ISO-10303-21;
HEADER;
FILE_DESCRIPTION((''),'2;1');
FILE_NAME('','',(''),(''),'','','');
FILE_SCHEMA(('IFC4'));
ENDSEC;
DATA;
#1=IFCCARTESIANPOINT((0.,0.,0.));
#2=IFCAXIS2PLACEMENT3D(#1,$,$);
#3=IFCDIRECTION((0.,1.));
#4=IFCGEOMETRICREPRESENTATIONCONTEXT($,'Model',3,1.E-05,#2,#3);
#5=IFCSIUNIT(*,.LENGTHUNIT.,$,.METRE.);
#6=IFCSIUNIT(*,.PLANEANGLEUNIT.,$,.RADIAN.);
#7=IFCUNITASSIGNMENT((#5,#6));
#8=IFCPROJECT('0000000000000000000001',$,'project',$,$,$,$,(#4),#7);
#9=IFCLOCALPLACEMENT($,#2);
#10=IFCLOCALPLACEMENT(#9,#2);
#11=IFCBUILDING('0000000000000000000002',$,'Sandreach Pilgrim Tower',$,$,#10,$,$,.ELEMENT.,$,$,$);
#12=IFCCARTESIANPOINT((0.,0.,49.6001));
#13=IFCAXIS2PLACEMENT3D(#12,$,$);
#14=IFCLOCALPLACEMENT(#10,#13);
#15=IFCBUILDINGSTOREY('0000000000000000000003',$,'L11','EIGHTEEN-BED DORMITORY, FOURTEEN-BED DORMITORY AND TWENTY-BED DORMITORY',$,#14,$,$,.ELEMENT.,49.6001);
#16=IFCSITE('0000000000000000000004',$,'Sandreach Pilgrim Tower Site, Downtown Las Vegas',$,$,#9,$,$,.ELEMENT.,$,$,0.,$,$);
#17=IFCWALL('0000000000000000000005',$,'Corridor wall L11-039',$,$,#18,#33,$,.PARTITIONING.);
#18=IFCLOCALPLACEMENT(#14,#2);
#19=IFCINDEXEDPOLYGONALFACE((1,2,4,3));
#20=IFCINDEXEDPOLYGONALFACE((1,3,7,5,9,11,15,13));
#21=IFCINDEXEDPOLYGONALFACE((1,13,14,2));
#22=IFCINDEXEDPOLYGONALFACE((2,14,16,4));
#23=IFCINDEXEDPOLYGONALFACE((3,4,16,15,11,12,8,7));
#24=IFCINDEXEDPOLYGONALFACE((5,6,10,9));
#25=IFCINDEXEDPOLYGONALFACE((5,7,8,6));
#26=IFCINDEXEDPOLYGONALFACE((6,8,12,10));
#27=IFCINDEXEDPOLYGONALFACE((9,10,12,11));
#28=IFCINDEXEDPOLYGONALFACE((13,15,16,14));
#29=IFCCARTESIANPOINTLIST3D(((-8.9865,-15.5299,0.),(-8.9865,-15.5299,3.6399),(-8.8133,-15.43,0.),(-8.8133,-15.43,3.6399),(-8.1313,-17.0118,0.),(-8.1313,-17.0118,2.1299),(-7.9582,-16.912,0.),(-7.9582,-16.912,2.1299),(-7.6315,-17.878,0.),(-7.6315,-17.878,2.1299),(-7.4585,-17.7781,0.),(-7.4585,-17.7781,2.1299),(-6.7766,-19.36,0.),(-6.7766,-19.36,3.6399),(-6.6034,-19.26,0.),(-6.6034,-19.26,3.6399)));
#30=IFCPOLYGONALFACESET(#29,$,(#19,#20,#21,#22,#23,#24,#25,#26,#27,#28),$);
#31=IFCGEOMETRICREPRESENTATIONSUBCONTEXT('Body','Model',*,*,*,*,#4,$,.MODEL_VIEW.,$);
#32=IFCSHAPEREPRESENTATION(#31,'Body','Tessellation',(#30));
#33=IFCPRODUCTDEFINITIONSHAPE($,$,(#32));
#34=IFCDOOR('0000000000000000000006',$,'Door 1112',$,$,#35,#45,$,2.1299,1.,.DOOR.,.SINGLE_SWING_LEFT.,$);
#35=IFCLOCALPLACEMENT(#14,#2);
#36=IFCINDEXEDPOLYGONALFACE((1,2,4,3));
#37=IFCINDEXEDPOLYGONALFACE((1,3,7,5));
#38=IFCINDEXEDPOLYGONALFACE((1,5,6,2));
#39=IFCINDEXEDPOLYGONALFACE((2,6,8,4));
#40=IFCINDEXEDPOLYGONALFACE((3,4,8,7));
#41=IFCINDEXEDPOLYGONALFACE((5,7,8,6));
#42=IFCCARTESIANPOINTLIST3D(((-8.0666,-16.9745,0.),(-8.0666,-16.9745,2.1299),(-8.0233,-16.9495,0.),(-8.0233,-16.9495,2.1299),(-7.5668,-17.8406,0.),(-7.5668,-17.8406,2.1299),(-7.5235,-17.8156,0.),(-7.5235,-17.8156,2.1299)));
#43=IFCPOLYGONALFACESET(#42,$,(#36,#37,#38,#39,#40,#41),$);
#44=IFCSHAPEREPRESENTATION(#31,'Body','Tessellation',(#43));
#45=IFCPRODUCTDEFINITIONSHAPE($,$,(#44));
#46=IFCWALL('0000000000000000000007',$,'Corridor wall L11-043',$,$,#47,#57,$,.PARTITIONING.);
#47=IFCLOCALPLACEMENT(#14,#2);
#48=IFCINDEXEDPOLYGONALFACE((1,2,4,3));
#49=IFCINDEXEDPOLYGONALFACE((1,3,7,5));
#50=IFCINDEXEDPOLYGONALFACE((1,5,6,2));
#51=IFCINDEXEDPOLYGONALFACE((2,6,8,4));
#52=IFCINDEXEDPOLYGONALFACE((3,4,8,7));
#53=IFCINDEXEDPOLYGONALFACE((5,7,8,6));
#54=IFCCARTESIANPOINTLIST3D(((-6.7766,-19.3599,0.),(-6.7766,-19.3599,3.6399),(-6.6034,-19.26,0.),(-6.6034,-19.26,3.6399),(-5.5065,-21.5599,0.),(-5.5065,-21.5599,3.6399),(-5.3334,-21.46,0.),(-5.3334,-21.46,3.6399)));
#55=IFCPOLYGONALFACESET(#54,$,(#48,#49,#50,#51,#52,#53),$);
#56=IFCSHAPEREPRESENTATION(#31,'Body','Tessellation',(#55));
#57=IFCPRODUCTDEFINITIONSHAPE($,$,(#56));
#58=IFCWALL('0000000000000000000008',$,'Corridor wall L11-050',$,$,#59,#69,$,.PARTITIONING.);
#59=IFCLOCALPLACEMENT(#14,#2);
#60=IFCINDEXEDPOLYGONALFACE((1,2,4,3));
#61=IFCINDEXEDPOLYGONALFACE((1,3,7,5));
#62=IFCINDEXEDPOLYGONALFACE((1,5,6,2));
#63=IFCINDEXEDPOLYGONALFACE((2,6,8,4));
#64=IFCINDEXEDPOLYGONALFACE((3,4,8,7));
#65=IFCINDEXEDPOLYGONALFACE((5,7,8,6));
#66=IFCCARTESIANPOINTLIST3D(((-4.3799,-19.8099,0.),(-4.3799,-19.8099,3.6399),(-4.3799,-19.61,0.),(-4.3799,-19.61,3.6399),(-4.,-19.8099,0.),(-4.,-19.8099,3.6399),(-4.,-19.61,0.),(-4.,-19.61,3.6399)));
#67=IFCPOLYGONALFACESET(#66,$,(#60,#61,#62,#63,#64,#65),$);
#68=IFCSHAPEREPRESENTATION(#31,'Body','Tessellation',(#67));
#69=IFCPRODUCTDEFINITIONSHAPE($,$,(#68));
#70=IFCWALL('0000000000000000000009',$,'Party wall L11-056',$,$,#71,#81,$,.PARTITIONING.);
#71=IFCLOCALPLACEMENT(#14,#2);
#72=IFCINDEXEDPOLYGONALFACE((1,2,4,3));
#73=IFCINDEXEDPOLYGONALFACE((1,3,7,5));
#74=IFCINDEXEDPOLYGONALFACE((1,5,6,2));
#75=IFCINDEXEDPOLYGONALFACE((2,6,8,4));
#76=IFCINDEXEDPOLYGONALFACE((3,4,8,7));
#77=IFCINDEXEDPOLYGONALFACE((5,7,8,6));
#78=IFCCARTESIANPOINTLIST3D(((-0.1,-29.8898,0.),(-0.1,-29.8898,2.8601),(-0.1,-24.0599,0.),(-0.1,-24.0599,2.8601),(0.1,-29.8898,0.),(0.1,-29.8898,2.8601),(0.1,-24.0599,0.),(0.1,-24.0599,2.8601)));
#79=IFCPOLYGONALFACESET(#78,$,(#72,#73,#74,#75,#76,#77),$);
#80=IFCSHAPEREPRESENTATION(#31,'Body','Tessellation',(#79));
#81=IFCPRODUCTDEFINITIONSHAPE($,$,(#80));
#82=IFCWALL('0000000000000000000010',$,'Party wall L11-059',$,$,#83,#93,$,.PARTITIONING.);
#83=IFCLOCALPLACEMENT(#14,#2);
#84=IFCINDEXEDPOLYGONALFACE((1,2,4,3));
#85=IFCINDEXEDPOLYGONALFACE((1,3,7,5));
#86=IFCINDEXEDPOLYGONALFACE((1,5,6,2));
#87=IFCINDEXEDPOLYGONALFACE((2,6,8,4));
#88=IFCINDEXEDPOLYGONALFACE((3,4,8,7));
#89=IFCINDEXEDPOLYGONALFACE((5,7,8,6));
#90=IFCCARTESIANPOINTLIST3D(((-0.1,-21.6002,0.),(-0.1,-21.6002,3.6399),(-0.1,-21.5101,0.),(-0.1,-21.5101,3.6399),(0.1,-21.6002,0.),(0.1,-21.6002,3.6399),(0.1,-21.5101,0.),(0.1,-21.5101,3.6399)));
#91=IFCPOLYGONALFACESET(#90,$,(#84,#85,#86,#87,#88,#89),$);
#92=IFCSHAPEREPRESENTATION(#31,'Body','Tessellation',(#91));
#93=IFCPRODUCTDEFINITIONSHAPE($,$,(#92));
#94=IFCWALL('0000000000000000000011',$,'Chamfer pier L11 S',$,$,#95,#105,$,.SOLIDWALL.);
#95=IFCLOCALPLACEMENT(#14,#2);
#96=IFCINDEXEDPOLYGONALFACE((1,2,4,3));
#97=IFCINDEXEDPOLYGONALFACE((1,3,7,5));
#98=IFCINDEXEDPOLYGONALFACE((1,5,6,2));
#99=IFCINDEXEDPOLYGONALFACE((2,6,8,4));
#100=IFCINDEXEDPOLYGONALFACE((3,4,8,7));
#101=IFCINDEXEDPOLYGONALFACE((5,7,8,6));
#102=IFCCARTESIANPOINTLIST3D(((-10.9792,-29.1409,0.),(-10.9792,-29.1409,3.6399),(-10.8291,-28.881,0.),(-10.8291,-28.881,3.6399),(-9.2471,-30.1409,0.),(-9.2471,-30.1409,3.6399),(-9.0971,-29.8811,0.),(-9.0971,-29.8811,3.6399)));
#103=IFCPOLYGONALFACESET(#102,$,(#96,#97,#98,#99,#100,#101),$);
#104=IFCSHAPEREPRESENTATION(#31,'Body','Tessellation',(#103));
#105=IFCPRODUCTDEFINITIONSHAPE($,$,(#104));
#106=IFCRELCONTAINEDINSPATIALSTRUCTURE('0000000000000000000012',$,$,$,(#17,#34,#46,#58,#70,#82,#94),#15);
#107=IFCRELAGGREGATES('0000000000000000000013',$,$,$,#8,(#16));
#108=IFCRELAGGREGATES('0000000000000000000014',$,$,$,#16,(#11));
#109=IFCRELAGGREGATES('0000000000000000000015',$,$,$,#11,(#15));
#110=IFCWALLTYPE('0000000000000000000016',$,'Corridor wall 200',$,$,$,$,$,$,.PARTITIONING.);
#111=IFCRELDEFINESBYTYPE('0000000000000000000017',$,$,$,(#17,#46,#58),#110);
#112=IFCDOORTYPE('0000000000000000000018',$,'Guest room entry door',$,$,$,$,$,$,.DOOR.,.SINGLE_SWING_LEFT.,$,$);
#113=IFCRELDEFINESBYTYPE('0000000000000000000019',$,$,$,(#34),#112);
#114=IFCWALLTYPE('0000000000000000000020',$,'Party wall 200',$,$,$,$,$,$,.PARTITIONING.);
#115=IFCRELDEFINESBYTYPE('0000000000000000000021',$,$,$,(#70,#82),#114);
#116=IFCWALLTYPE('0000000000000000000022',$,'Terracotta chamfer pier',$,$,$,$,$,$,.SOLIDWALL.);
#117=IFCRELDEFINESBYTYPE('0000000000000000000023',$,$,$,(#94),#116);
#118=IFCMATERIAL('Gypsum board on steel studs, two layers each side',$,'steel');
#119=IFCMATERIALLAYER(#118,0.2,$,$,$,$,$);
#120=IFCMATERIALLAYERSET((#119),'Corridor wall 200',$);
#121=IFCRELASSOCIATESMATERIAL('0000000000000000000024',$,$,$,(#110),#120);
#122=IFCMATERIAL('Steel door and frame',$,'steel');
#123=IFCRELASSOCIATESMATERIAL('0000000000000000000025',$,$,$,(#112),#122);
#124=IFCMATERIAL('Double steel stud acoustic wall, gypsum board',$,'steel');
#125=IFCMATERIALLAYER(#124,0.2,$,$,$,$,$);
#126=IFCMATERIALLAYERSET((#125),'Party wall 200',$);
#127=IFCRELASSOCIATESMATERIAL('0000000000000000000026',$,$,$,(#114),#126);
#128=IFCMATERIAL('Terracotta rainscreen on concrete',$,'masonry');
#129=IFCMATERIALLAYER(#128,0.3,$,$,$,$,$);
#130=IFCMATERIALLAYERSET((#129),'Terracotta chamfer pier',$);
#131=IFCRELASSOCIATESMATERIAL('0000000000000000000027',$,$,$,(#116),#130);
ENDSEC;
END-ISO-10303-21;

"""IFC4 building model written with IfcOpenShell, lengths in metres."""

from ifc_helpers import new_model, si_unit, direction, frame, frame_2d, origin, place, context, subcontext, project, spatial, rectangle, extrude, material, layer, layer_set, type_object, element, fill, save


model = new_model("IFC4")

# Units and contexts
model_context = context("Model", 3, precision=1e-05, world=origin(), true_north=direction((0.0, 1.0)))
body_context = subcontext(model_context, "Body", "Model", "MODEL_VIEW")
ifc_project = project(units=[si_unit("LENGTHUNIT", "METRE"), si_unit("PLANEANGLEUNIT", "RADIAN")], contexts=[model_context])

# Site, building, storey
site_placement = place(None, origin())
site = spatial("IfcSite", under=ifc_project, at=site_placement, Name="Sandreach Pilgrim Tower Site, Downtown Las Vegas", CompositionType="ELEMENT", RefElevation=0.0)
building_placement = place(site_placement, origin())
building = spatial("IfcBuilding", under=site, at=building_placement, Name="Sandreach Pilgrim Tower", CompositionType="ELEMENT")
storey_placement = place(building_placement, frame((0.0, 0.0, 49.6001)))
storey = spatial("IfcBuildingStorey", under=building, at=storey_placement, Name="L11", Description="EIGHTEEN-BED DORMITORY, FOURTEEN-BED DORMITORY AND TWENTY-BED DORMITORY", CompositionType="ELEMENT", Elevation=49.6001)

# Wall, opening, door
ifc_material_1 = material(Name="Gypsum board on steel studs, two layers each side", Category="steel")
ifc_layer_1 = layer(ifc_material_1, 0.2)
ifc_layer_set_1 = layer_set([ifc_layer_1], Name="Corridor wall 200")
wall_type_1 = type_object("IfcWallType", Name="Corridor wall 200", PredefinedType="PARTITIONING", material=ifc_layer_set_1)
wall_1_placement = place(storey_placement, frame((-8.8999, -15.48, 0.0), z_axis=(0.0, 0.0, 1.0), x_axis=(0.499773, -0.866156, 0.0)))
wall_1 = element("IfcWall", 1, at=wall_1_placement, inside=storey, type_object=wall_type_1, Name="Corridor wall L11-039", PredefinedType="PARTITIONING", context=body_context, shape_type="SweptSolid", body=[
    extrude(rectangle(XDim=4.4219, YDim=0.2, at=frame_2d((2.2109, 0.0))), origin(), (0.0, 0.0, 1.0), 3.6399),
])
opening_1_placement = place(wall_1_placement, frame((1.7109, 0.0, 0.0)))
opening_1 = element("IfcOpeningElement", 2, at=opening_1_placement, cuts=wall_1, PredefinedType="OPENING", context=body_context, shape_type="SweptSolid", body=[
    extrude(rectangle(XDim=1.0, YDim=2.1299, at=frame_2d((0.5, 1.0649))), frame((0.0, 0.1001, 0.0), z_axis=(0.0, -1.0, 0.0), x_axis=(1.0, 0.0, 0.0)), (0.0, 0.0, 1.0), 0.2),
])
ifc_material_2 = material(Name="Steel door and frame", Category="steel")
door_type_1 = type_object("IfcDoorType", Name="Guest room entry door", OperationType="SINGLE_SWING_LEFT", PredefinedType="DOOR", material=ifc_material_2)
door_1_placement = place(opening_1_placement, origin())
door_1 = element("IfcDoor", 3, at=door_1_placement, inside=storey, type_object=door_type_1, Name="Door 1112", OperationType="SINGLE_SWING_LEFT", OverallHeight=2.1299, OverallWidth=1.0, PredefinedType="DOOR", context=body_context, shape_type="SweptSolid", body=[
    extrude(rectangle(XDim=1.0, YDim=2.1299, at=frame_2d((0.5, 1.0649))), frame((0.0, 0.0249, 0.0), z_axis=(0.0, -1.0, 0.0), x_axis=(1.0, 0.0, 0.0)), (0.0, 0.0, 1.0), 0.05),
])
fill(opening_1, door_1)

# Wall
wall_2_placement = place(storey_placement, frame((-6.6899, -19.3101, 0.0), z_axis=(0.0, 0.0, 1.0), x_axis=(0.499964, -0.866046, 0.0)))
element("IfcWall", 4, at=wall_2_placement, inside=storey, type_object=wall_type_1, Name="Corridor wall L11-043", PredefinedType="PARTITIONING", context=body_context, shape_type="SweptSolid", body=[
    extrude(rectangle(XDim=2.5403, YDim=0.2, at=frame_2d((1.27, 0.0))), origin(), (0.0, 0.0, 1.0), 3.6399),
])

# Walls
wall_3_placement = place(storey_placement, frame((-4.0, -19.71, 0.0), z_axis=(0.0, 0.0, 1.0), x_axis=(-1.0, 0.0, 0.0)))
element("IfcWall", 5, at=wall_3_placement, inside=storey, type_object=wall_type_1, Name="Corridor wall L11-050", PredefinedType="PARTITIONING", context=body_context, shape_type="SweptSolid", body=[
    extrude(rectangle(XDim=0.3799, YDim=0.2, at=frame_2d((0.1899, 0.0))), origin(), (0.0, 0.0, 1.0), 3.6399),
])
ifc_material_3 = material(Name="Double steel stud acoustic wall, gypsum board", Category="steel")
ifc_layer_2 = layer(ifc_material_3, 0.2)
ifc_layer_set_2 = layer_set([ifc_layer_2], Name="Party wall 200")
wall_type_2 = type_object("IfcWallType", Name="Party wall 200", PredefinedType="PARTITIONING", material=ifc_layer_set_2)
wall_4_placement = place(storey_placement, frame((0.0, -29.8899, 0.0), z_axis=(0.0, 0.0, 1.0), x_axis=(0.0, 1.0, 0.0)))
element("IfcWall", 6, at=wall_4_placement, inside=storey, type_object=wall_type_2, Name="Party wall L11-056", PredefinedType="PARTITIONING", context=body_context, shape_type="SweptSolid", body=[
    extrude(rectangle(XDim=5.8298, YDim=0.2, at=frame_2d((2.915, 0.0))), origin(), (0.0, 0.0, 1.0), 2.8601),
])
wall_5_placement = place(storey_placement, frame((0.0, -21.6001, 0.0), z_axis=(0.0, 0.0, 1.0), x_axis=(0.0, 1.0, 0.0)))
element("IfcWall", 7, at=wall_5_placement, inside=storey, type_object=wall_type_2, Name="Party wall L11-059", PredefinedType="PARTITIONING", context=body_context, shape_type="SweptSolid", body=[
    extrude(rectangle(XDim=0.0901, YDim=0.2, at=frame_2d((0.0449, 0.0))), origin(), (0.0, 0.0, 1.0), 3.6399),
])
ifc_material_4 = material(Name="Terracotta rainscreen on concrete", Category="masonry")
ifc_layer_3 = layer(ifc_material_4, 0.3)
ifc_layer_set_3 = layer_set([ifc_layer_3], Name="Terracotta chamfer pier")
wall_type_3 = type_object("IfcWallType", Name="Terracotta chamfer pier", PredefinedType="SOLIDWALL", material=ifc_layer_set_3)
wall_6_placement = place(storey_placement, frame((-9.1721, -30.011, 0.0), z_axis=(0.0, 0.0, 1.0), x_axis=(-0.866011, 0.500025, 0.0)))
element("IfcWall", 8, at=wall_6_placement, inside=storey, type_object=wall_type_3, Name="Chamfer pier L11 S", PredefinedType="SOLIDWALL", context=body_context, shape_type="SweptSolid", body=[
    extrude(rectangle(XDim=2.0, YDim=0.3, at=frame_2d((1.0, 0.0))), origin(), (0.0, 0.0, 1.0), 3.6399),
])

save(model, "model.ifc")
